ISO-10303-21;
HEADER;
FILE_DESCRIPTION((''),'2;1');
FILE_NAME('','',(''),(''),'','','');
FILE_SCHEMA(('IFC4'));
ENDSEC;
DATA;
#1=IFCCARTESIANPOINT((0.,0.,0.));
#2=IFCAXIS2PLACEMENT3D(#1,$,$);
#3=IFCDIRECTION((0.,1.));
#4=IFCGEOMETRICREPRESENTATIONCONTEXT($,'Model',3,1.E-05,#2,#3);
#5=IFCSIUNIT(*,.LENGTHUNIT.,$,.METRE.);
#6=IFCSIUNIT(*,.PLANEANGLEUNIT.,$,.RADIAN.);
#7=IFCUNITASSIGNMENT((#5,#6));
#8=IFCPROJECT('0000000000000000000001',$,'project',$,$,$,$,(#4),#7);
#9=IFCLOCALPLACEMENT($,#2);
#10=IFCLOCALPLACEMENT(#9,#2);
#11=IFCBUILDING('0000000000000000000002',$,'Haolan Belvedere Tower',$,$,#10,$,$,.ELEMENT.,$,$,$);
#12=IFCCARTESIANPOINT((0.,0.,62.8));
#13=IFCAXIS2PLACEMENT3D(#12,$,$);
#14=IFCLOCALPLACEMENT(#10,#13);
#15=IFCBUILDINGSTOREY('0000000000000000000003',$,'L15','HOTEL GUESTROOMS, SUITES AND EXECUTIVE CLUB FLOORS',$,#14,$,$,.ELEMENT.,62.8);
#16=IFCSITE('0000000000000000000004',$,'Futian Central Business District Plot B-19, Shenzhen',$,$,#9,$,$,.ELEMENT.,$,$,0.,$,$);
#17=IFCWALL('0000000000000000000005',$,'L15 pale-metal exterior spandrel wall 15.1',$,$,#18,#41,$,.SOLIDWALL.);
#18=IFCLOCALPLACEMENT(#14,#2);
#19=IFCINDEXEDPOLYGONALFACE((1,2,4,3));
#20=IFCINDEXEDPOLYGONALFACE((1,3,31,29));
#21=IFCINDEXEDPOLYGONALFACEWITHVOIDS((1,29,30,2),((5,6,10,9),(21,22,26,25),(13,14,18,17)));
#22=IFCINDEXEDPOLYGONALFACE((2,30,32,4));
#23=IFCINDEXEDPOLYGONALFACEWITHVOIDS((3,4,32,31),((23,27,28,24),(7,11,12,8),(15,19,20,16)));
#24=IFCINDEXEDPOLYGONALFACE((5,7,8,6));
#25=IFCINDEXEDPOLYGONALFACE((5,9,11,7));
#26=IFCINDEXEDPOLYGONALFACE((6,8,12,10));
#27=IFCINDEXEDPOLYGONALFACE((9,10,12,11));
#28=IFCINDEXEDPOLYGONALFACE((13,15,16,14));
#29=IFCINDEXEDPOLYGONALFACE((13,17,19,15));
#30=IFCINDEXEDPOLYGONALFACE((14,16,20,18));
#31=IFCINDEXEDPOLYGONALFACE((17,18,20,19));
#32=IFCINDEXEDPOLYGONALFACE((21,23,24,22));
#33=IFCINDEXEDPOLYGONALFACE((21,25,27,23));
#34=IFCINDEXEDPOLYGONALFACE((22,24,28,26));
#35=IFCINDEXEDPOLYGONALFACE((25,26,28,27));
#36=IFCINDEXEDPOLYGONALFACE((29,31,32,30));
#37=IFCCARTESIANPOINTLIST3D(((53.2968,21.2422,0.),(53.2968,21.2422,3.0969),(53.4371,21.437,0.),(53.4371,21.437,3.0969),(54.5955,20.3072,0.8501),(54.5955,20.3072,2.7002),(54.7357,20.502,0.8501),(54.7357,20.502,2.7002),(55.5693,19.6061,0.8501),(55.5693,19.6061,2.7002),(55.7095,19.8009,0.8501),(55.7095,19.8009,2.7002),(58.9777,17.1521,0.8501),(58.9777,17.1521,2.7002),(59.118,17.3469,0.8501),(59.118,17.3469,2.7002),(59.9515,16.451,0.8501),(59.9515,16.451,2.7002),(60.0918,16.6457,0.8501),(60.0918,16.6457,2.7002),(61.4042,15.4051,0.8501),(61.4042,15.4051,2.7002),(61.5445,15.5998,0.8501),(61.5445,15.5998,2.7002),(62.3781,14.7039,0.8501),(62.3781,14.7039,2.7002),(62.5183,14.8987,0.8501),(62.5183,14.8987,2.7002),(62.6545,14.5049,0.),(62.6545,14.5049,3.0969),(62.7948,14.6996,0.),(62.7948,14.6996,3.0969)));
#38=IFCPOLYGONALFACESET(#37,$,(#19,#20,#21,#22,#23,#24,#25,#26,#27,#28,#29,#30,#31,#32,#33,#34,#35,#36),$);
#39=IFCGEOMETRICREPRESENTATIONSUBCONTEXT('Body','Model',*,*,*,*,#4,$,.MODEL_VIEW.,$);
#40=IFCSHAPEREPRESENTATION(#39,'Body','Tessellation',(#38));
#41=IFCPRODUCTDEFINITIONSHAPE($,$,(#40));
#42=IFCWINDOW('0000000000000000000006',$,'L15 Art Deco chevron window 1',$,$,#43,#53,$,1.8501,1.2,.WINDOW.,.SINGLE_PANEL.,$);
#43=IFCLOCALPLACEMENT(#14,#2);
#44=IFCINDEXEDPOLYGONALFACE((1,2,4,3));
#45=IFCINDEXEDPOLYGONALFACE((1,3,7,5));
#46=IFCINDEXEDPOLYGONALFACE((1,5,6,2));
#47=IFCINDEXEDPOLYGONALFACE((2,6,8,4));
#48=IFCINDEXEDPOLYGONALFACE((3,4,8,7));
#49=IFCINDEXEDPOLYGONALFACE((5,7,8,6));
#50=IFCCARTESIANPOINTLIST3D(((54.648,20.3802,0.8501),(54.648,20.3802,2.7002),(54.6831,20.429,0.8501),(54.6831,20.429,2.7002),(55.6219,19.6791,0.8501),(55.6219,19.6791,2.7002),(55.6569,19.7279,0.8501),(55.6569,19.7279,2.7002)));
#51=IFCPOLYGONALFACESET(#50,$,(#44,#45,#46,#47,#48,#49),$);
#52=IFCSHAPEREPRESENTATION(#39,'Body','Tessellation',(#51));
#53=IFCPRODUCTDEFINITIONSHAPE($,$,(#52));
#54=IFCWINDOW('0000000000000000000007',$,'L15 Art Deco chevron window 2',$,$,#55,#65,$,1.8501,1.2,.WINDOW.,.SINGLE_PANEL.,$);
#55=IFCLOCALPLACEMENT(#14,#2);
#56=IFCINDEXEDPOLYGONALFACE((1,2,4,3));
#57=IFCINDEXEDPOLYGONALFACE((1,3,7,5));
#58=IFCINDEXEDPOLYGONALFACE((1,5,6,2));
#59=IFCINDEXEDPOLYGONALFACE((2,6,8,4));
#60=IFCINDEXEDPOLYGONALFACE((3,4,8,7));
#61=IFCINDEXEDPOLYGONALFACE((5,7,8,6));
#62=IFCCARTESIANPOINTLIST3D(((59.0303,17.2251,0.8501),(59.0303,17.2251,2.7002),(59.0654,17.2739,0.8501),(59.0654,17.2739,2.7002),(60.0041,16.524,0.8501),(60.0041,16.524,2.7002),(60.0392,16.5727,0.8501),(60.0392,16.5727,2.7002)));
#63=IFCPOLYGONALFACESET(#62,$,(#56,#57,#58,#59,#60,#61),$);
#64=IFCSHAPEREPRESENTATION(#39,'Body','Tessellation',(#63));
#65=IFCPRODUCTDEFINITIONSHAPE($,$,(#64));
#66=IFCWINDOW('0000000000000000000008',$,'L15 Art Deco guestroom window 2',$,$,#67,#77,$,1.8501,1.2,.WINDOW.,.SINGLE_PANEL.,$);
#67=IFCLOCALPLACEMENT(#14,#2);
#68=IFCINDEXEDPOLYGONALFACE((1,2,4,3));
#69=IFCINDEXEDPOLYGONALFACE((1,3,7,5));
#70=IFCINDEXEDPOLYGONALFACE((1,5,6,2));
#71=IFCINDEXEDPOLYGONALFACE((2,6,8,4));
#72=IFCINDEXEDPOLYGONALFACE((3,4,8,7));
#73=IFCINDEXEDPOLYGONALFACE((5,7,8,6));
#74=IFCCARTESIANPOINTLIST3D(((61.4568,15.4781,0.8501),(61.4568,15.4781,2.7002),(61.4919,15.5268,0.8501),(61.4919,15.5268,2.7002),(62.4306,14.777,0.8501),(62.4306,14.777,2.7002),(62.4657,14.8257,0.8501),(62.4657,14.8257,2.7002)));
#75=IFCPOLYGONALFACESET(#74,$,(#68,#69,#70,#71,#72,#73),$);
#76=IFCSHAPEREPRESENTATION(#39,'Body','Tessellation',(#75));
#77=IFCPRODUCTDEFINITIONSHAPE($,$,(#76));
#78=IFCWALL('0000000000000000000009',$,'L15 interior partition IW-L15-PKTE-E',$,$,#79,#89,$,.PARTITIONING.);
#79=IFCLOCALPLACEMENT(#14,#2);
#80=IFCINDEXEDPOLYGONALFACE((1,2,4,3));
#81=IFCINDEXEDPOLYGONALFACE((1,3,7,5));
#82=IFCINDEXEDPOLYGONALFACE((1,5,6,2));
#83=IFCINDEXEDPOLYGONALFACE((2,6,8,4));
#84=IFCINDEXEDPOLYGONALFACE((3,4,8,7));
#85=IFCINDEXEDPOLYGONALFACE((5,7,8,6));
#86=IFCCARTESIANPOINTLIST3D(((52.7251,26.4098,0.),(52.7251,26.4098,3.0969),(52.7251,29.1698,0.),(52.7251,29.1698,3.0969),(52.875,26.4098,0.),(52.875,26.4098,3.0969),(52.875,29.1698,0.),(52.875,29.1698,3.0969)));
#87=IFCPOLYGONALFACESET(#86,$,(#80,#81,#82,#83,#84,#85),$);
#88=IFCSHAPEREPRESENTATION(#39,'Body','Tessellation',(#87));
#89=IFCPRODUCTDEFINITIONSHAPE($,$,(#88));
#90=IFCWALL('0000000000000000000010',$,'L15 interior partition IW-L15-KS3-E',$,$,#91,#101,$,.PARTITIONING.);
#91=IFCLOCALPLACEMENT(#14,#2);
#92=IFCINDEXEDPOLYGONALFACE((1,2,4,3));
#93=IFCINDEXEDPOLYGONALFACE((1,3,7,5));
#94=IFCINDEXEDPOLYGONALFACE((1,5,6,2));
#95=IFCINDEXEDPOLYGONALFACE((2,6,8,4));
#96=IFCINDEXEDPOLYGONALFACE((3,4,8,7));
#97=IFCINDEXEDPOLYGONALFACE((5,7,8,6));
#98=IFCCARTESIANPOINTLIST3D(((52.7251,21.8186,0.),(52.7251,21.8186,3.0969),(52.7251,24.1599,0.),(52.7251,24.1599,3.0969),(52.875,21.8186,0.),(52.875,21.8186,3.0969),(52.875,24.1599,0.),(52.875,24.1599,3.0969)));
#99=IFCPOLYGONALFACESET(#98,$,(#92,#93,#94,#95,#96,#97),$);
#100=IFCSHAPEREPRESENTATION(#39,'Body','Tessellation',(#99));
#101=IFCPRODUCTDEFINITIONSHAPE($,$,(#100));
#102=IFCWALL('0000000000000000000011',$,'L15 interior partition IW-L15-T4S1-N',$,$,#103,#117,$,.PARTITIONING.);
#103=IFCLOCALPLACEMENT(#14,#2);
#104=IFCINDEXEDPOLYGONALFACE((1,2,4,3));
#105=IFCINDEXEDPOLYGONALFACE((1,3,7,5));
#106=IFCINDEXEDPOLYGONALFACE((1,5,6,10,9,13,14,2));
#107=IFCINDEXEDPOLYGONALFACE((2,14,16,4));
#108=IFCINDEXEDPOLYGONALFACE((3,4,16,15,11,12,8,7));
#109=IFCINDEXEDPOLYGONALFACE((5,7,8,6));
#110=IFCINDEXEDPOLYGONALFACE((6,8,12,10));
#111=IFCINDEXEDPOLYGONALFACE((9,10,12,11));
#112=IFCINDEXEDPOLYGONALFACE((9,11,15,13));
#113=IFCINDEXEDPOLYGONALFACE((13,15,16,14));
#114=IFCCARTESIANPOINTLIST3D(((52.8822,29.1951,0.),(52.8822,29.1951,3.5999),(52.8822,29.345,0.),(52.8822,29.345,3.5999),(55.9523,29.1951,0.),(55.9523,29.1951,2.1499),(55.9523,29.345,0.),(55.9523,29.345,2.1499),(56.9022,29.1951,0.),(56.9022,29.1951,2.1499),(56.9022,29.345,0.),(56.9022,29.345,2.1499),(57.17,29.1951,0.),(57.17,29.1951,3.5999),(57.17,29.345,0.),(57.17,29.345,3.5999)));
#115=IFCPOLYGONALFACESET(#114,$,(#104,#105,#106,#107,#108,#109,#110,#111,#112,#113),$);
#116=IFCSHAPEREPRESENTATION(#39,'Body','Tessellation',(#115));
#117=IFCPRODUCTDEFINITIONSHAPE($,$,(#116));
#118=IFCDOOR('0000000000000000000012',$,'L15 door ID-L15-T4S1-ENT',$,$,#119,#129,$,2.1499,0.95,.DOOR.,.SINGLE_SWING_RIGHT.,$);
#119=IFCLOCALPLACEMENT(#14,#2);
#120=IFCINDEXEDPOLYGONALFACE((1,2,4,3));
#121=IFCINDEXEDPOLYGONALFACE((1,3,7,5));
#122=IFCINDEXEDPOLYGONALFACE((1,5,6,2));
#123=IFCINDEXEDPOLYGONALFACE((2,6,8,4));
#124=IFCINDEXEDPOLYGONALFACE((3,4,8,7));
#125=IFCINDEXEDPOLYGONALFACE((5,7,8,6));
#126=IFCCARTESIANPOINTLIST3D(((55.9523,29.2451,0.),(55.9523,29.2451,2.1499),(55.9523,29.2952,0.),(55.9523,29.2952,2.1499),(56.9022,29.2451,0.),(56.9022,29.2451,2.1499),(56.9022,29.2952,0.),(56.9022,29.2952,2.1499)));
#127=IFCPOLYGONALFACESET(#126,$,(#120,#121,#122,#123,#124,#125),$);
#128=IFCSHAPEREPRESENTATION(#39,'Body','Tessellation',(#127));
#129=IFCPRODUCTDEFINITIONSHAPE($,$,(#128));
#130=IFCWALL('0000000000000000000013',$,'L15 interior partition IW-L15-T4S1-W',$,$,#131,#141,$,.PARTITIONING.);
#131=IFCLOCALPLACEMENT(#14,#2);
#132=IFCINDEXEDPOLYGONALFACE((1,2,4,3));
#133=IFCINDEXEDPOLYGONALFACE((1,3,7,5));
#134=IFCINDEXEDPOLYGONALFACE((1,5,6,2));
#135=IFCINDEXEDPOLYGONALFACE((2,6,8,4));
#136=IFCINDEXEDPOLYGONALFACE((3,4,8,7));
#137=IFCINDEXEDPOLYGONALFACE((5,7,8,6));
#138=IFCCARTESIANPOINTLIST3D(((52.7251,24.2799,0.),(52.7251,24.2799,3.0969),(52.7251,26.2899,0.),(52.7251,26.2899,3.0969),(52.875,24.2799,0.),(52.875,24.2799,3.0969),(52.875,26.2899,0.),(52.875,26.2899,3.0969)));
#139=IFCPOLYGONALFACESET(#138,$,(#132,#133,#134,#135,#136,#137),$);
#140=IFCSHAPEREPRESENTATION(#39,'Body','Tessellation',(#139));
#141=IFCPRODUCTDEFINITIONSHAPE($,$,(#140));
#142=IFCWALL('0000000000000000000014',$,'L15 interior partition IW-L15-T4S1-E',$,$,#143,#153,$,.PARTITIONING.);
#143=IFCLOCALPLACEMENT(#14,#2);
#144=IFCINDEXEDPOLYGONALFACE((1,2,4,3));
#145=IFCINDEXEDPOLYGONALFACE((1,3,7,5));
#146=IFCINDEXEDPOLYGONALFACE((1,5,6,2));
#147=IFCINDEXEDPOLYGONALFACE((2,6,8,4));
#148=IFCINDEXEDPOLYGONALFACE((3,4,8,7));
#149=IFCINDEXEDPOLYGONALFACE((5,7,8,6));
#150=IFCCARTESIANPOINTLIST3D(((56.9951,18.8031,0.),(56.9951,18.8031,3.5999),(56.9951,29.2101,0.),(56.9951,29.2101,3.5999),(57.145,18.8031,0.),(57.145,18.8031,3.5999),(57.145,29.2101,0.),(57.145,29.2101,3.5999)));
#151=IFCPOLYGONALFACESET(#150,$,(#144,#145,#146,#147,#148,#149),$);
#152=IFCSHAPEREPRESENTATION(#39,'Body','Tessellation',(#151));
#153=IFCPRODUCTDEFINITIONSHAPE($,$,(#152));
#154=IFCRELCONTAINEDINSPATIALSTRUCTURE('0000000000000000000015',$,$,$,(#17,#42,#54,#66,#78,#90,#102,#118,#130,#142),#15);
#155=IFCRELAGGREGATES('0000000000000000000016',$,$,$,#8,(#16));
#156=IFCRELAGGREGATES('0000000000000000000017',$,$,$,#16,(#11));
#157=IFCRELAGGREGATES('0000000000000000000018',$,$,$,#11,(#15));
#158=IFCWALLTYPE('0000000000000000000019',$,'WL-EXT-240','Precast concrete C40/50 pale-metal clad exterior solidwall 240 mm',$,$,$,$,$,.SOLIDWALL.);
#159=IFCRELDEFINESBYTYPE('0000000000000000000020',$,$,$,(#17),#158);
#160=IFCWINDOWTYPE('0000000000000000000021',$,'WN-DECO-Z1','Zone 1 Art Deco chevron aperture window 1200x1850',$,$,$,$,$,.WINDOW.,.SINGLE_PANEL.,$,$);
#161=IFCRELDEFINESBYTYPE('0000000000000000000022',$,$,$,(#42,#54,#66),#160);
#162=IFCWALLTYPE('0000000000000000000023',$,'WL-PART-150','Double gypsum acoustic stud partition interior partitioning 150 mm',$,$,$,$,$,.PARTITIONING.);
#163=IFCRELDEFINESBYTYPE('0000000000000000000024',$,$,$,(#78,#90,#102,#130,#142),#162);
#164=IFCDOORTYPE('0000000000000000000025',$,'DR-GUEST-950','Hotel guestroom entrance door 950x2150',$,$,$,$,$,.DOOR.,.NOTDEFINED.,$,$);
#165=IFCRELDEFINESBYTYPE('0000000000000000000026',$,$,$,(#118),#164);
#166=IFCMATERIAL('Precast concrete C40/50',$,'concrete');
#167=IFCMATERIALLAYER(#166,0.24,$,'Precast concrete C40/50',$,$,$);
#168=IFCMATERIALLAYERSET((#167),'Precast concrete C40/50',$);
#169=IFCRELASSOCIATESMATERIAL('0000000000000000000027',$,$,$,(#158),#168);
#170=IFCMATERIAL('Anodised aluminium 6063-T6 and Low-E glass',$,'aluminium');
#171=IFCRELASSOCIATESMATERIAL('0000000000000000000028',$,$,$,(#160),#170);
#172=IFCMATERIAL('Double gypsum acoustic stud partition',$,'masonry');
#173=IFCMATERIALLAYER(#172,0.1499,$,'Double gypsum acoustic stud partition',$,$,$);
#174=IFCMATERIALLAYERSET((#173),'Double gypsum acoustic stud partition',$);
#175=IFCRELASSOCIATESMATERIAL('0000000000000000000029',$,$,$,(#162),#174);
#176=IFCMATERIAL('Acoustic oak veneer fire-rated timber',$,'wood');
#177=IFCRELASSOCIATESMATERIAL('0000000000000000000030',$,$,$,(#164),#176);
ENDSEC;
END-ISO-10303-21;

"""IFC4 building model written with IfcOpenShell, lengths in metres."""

from ifc_helpers import new_model, si_unit, direction, frame, frame_2d, origin, place, context, subcontext, project, spatial, rectangle, extrude, material, layer, layer_set, type_object, element, fill, save


model = new_model("IFC4")

# Units and contexts
model_context = context("Model", 3, precision=1e-05, world=origin(), true_north=direction((0.0, 1.0)))
body_context = subcontext(model_context, "Body", "Model", "MODEL_VIEW")
ifc_project = project(units=[si_unit("LENGTHUNIT", "METRE"), si_unit("PLANEANGLEUNIT", "RADIAN")], contexts=[model_context])

# Site, building, storey
site_placement = place(None, origin())
site = spatial("IfcSite", under=ifc_project, at=site_placement, Name="Futian Central Business District Plot B-19, Shenzhen", CompositionType="ELEMENT", RefElevation=0.0)
building_placement = place(site_placement, origin())
building = spatial("IfcBuilding", under=site, at=building_placement, Name="Haolan Belvedere Tower", CompositionType="ELEMENT")
storey_placement = place(building_placement, frame((0.0, 0.0, 62.8)))
storey = spatial("IfcBuildingStorey", under=building, at=storey_placement, Name="L15", Description="HOTEL GUESTROOMS, SUITES AND EXECUTIVE CLUB FLOORS", CompositionType="ELEMENT", Elevation=62.8)

# Wall, openings, windows
ifc_material_1 = material(Name="Precast concrete C40/50", Category="concrete")
ifc_layer_1 = layer(ifc_material_1, 0.24, Name="Precast concrete C40/50")
ifc_layer_set_1 = layer_set([ifc_layer_1], Name="Precast concrete C40/50")
wall_type_1 = type_object("IfcWallType", Name="WL-EXT-240", Description="Precast concrete C40/50 pale-metal clad exterior solidwall 240 mm", PredefinedType="SOLIDWALL", material=ifc_layer_set_1)
wall_1_placement = place(storey_placement, frame((53.3669, 21.3396, 0.0), z_axis=(0.0, 0.0, 1.0), x_axis=(0.811543, -0.584292, 0.0)))
wall_1 = element("IfcWall", 1, at=wall_1_placement, inside=storey, type_object=wall_type_1, Name="L15 pale-metal exterior spandrel wall 15.1", PredefinedType="SOLIDWALL", context=body_context, shape_type="SweptSolid", body=[
    extrude(rectangle(XDim=11.5308, YDim=0.24, at=frame_2d((5.7654, 0.0))), origin(), (0.0, 0.0, 1.0), 3.0969),
])
opening_1_placement = place(wall_1_placement, frame((1.6001, 0.0, 0.8501)))
opening_1 = element("IfcOpeningElement", 2, at=opening_1_placement, cuts=wall_1, PredefinedType="OPENING", context=body_context, shape_type="SweptSolid", body=[
    extrude(rectangle(XDim=1.2, YDim=1.8501, at=frame_2d((0.6001, 0.925))), frame((0.0, 0.1299, 0.0), z_axis=(0.0, -1.0, 0.0), x_axis=(1.0, 0.0, 0.0)), (0.0, 0.0, 1.0), 0.26),
])
opening_2_placement = place(wall_1_placement, frame((7.0, 0.0, 0.8501)))
opening_2 = element("IfcOpeningElement", 3, at=opening_2_placement, cuts=wall_1, PredefinedType="OPENING", context=body_context, shape_type="SweptSolid", body=[
    extrude(rectangle(XDim=1.2, YDim=1.8501, at=frame_2d((0.6001, 0.925))), frame((0.0, 0.1299, 0.0), z_axis=(0.0, -1.0, 0.0), x_axis=(1.0, 0.0, 0.0)), (0.0, 0.0, 1.0), 0.26),
])
opening_3_placement = place(wall_1_placement, frame((9.99, 0.0, 0.8501)))
opening_3 = element("IfcOpeningElement", 4, at=opening_3_placement, cuts=wall_1, PredefinedType="OPENING", context=body_context, shape_type="SweptSolid", body=[
    extrude(rectangle(XDim=1.2, YDim=1.8501, at=frame_2d((0.6001, 0.925))), frame((0.0, 0.1299, 0.0), z_axis=(0.0, -1.0, 0.0), x_axis=(1.0, 0.0, 0.0)), (0.0, 0.0, 1.0), 0.26),
])
ifc_material_2 = material(Name="Anodised aluminium 6063-T6 and Low-E glass", Category="aluminium")
window_type = type_object("IfcWindowType", Name="WN-DECO-Z1", Description="Zone 1 Art Deco chevron aperture window 1200x1850", PartitioningType="SINGLE_PANEL", PredefinedType="WINDOW", material=ifc_material_2)
window_1_placement = place(opening_1_placement, origin())
window_1 = element("IfcWindow", 5, at=window_1_placement, inside=storey, type_object=window_type, Name="L15 Art Deco chevron window 1", OverallHeight=1.8501, OverallWidth=1.2, PartitioningType="SINGLE_PANEL", PredefinedType="WINDOW", context=body_context, shape_type="SweptSolid", body=[
    extrude(rectangle(XDim=1.2, YDim=1.8501, at=frame_2d((0.6001, 0.925))), frame((0.0, 0.03, 0.0), z_axis=(0.0, -1.0, 0.0), x_axis=(1.0, 0.0, 0.0)), (0.0, 0.0, 1.0), 0.0601),
])
fill(opening_1, window_1)
window_2_placement = place(opening_2_placement, origin())
window_2 = element("IfcWindow", 6, at=window_2_placement, inside=storey, type_object=window_type, Name="L15 Art Deco chevron window 2", OverallHeight=1.8501, OverallWidth=1.2, PartitioningType="SINGLE_PANEL", PredefinedType="WINDOW", context=body_context, shape_type="SweptSolid", body=[
    extrude(rectangle(XDim=1.2, YDim=1.8501, at=frame_2d((0.6001, 0.925))), frame((0.0, 0.03, 0.0), z_axis=(0.0, -1.0, 0.0), x_axis=(1.0, 0.0, 0.0)), (0.0, 0.0, 1.0), 0.0601),
])
fill(opening_2, window_2)
window_3_placement = place(opening_3_placement, origin())
window_3 = element("IfcWindow", 7, at=window_3_placement, inside=storey, type_object=window_type, Name="L15 Art Deco guestroom window 2", OverallHeight=1.8501, OverallWidth=1.2, PartitioningType="SINGLE_PANEL", PredefinedType="WINDOW", context=body_context, shape_type="SweptSolid", body=[
    extrude(rectangle(XDim=1.2, YDim=1.8501, at=frame_2d((0.6001, 0.925))), frame((0.0, 0.03, 0.0), z_axis=(0.0, -1.0, 0.0), x_axis=(1.0, 0.0, 0.0)), (0.0, 0.0, 1.0), 0.0601),
])
fill(opening_3, window_3)

# Walls
ifc_material_3 = material(Name="Double gypsum acoustic stud partition", Category="masonry")
ifc_layer_2 = layer(ifc_material_3, 0.1499, Name="Double gypsum acoustic stud partition")
ifc_layer_set_2 = layer_set([ifc_layer_2], Name="Double gypsum acoustic stud partition")
wall_type_2 = type_object("IfcWallType", Name="WL-PART-150", Description="Double gypsum acoustic stud partition interior partitioning 150 mm", PredefinedType="PARTITIONING", material=ifc_layer_set_2)
wall_2_placement = place(storey_placement, frame((52.8, 26.4099, 0.0), z_axis=(0.0, 0.0, 1.0), x_axis=(0.0, 1.0, 0.0)))
element("IfcWall", 8, at=wall_2_placement, inside=storey, type_object=wall_type_2, Name="L15 interior partition IW-L15-PKTE-E", PredefinedType="PARTITIONING", context=body_context, shape_type="SweptSolid", body=[
    extrude(rectangle(XDim=2.76, YDim=0.1499, at=frame_2d((1.3799, 0.0))), origin(), (0.0, 0.0, 1.0), 3.0969),
])
wall_3_placement = place(storey_placement, frame((52.8, 21.8186, 0.0), z_axis=(0.0, 0.0, 1.0), x_axis=(0.0, 1.0, 0.0)))
element("IfcWall", 9, at=wall_3_placement, inside=storey, type_object=wall_type_2, Name="L15 interior partition IW-L15-KS3-E", PredefinedType="PARTITIONING", context=body_context, shape_type="SweptSolid", body=[
    extrude(rectangle(XDim=2.3413, YDim=0.1499, at=frame_2d((1.1707, 0.0))), origin(), (0.0, 0.0, 1.0), 3.0969),
])

# Wall, opening, door
wall_4_placement = place(storey_placement, frame((52.8821, 29.27, 0.0), z_axis=(0.0, 0.0, 1.0), x_axis=(1.0, 0.0, 0.0)))
wall_4 = element("IfcWall", 10, at=wall_4_placement, inside=storey, type_object=wall_type_2, Name="L15 interior partition IW-L15-T4S1-N", PredefinedType="PARTITIONING", context=body_context, shape_type="SweptSolid", body=[
    extrude(rectangle(XDim=4.2878, YDim=0.1499, at=frame_2d((2.144, 0.0))), origin(), (0.0, 0.0, 1.0), 3.5999),
])
opening_4_placement = place(wall_4_placement, frame((4.0203, 0.0, 0.0), z_axis=(0.0, 0.0, 1.0), x_axis=(-1.0, 0.0, 0.0)))
opening_4 = element("IfcOpeningElement", 11, at=opening_4_placement, cuts=wall_4, PredefinedType="OPENING", context=body_context, shape_type="SweptSolid", body=[
    extrude(rectangle(XDim=0.95, YDim=2.1499, at=frame_2d((0.4751, 1.075))), frame((0.0, 0.085, 0.0), z_axis=(0.0, -1.0, 0.0), x_axis=(1.0, 0.0, 0.0)), (0.0, 0.0, 1.0), 0.1699),
])
ifc_material_4 = material(Name="Acoustic oak veneer fire-rated timber", Category="wood")
door_type_1 = type_object("IfcDoorType", Name="DR-GUEST-950", Description="Hotel guestroom entrance door 950x2150", OperationType="NOTDEFINED", PredefinedType="DOOR", material=ifc_material_4)
door_1_placement = place(opening_4_placement, origin())
door_1 = element("IfcDoor", 12, at=door_1_placement, inside=storey, type_object=door_type_1, Name="L15 door ID-L15-T4S1-ENT", OperationType="SINGLE_SWING_RIGHT", OverallHeight=2.1499, OverallWidth=0.95, PredefinedType="DOOR", context=body_context, shape_type="SweptSolid", body=[
    extrude(rectangle(XDim=0.95, YDim=2.1499, at=frame_2d((0.4751, 1.075))), frame((0.0, 0.0249, 0.0), z_axis=(0.0, -1.0, 0.0), x_axis=(1.0, 0.0, 0.0)), (0.0, 0.0, 1.0), 0.05),
])
fill(opening_4, door_1)

# Walls
wall_5_placement = place(storey_placement, frame((52.8, 24.28, 0.0), z_axis=(0.0, 0.0, 1.0), x_axis=(0.0, 1.0, 0.0)))
element("IfcWall", 13, at=wall_5_placement, inside=storey, type_object=wall_type_2, Name="L15 interior partition IW-L15-T4S1-W", PredefinedType="PARTITIONING", context=body_context, shape_type="SweptSolid", body=[
    extrude(rectangle(XDim=2.01, YDim=0.1499, at=frame_2d((1.0049, 0.0))), origin(), (0.0, 0.0, 1.0), 3.0969),
])
wall_6_placement = place(storey_placement, frame((57.0701, 18.803, 0.0), z_axis=(0.0, 0.0, 1.0), x_axis=(0.0, 1.0, 0.0)))
element("IfcWall", 14, at=wall_6_placement, inside=storey, type_object=wall_type_2, Name="L15 interior partition IW-L15-T4S1-E", PredefinedType="PARTITIONING", context=body_context, shape_type="SweptSolid", body=[
    extrude(rectangle(XDim=10.407, YDim=0.1499, at=frame_2d((5.2036, 0.0))), origin(), (0.0, 0.0, 1.0), 3.5999),
])

save(model, "model.ifc")
